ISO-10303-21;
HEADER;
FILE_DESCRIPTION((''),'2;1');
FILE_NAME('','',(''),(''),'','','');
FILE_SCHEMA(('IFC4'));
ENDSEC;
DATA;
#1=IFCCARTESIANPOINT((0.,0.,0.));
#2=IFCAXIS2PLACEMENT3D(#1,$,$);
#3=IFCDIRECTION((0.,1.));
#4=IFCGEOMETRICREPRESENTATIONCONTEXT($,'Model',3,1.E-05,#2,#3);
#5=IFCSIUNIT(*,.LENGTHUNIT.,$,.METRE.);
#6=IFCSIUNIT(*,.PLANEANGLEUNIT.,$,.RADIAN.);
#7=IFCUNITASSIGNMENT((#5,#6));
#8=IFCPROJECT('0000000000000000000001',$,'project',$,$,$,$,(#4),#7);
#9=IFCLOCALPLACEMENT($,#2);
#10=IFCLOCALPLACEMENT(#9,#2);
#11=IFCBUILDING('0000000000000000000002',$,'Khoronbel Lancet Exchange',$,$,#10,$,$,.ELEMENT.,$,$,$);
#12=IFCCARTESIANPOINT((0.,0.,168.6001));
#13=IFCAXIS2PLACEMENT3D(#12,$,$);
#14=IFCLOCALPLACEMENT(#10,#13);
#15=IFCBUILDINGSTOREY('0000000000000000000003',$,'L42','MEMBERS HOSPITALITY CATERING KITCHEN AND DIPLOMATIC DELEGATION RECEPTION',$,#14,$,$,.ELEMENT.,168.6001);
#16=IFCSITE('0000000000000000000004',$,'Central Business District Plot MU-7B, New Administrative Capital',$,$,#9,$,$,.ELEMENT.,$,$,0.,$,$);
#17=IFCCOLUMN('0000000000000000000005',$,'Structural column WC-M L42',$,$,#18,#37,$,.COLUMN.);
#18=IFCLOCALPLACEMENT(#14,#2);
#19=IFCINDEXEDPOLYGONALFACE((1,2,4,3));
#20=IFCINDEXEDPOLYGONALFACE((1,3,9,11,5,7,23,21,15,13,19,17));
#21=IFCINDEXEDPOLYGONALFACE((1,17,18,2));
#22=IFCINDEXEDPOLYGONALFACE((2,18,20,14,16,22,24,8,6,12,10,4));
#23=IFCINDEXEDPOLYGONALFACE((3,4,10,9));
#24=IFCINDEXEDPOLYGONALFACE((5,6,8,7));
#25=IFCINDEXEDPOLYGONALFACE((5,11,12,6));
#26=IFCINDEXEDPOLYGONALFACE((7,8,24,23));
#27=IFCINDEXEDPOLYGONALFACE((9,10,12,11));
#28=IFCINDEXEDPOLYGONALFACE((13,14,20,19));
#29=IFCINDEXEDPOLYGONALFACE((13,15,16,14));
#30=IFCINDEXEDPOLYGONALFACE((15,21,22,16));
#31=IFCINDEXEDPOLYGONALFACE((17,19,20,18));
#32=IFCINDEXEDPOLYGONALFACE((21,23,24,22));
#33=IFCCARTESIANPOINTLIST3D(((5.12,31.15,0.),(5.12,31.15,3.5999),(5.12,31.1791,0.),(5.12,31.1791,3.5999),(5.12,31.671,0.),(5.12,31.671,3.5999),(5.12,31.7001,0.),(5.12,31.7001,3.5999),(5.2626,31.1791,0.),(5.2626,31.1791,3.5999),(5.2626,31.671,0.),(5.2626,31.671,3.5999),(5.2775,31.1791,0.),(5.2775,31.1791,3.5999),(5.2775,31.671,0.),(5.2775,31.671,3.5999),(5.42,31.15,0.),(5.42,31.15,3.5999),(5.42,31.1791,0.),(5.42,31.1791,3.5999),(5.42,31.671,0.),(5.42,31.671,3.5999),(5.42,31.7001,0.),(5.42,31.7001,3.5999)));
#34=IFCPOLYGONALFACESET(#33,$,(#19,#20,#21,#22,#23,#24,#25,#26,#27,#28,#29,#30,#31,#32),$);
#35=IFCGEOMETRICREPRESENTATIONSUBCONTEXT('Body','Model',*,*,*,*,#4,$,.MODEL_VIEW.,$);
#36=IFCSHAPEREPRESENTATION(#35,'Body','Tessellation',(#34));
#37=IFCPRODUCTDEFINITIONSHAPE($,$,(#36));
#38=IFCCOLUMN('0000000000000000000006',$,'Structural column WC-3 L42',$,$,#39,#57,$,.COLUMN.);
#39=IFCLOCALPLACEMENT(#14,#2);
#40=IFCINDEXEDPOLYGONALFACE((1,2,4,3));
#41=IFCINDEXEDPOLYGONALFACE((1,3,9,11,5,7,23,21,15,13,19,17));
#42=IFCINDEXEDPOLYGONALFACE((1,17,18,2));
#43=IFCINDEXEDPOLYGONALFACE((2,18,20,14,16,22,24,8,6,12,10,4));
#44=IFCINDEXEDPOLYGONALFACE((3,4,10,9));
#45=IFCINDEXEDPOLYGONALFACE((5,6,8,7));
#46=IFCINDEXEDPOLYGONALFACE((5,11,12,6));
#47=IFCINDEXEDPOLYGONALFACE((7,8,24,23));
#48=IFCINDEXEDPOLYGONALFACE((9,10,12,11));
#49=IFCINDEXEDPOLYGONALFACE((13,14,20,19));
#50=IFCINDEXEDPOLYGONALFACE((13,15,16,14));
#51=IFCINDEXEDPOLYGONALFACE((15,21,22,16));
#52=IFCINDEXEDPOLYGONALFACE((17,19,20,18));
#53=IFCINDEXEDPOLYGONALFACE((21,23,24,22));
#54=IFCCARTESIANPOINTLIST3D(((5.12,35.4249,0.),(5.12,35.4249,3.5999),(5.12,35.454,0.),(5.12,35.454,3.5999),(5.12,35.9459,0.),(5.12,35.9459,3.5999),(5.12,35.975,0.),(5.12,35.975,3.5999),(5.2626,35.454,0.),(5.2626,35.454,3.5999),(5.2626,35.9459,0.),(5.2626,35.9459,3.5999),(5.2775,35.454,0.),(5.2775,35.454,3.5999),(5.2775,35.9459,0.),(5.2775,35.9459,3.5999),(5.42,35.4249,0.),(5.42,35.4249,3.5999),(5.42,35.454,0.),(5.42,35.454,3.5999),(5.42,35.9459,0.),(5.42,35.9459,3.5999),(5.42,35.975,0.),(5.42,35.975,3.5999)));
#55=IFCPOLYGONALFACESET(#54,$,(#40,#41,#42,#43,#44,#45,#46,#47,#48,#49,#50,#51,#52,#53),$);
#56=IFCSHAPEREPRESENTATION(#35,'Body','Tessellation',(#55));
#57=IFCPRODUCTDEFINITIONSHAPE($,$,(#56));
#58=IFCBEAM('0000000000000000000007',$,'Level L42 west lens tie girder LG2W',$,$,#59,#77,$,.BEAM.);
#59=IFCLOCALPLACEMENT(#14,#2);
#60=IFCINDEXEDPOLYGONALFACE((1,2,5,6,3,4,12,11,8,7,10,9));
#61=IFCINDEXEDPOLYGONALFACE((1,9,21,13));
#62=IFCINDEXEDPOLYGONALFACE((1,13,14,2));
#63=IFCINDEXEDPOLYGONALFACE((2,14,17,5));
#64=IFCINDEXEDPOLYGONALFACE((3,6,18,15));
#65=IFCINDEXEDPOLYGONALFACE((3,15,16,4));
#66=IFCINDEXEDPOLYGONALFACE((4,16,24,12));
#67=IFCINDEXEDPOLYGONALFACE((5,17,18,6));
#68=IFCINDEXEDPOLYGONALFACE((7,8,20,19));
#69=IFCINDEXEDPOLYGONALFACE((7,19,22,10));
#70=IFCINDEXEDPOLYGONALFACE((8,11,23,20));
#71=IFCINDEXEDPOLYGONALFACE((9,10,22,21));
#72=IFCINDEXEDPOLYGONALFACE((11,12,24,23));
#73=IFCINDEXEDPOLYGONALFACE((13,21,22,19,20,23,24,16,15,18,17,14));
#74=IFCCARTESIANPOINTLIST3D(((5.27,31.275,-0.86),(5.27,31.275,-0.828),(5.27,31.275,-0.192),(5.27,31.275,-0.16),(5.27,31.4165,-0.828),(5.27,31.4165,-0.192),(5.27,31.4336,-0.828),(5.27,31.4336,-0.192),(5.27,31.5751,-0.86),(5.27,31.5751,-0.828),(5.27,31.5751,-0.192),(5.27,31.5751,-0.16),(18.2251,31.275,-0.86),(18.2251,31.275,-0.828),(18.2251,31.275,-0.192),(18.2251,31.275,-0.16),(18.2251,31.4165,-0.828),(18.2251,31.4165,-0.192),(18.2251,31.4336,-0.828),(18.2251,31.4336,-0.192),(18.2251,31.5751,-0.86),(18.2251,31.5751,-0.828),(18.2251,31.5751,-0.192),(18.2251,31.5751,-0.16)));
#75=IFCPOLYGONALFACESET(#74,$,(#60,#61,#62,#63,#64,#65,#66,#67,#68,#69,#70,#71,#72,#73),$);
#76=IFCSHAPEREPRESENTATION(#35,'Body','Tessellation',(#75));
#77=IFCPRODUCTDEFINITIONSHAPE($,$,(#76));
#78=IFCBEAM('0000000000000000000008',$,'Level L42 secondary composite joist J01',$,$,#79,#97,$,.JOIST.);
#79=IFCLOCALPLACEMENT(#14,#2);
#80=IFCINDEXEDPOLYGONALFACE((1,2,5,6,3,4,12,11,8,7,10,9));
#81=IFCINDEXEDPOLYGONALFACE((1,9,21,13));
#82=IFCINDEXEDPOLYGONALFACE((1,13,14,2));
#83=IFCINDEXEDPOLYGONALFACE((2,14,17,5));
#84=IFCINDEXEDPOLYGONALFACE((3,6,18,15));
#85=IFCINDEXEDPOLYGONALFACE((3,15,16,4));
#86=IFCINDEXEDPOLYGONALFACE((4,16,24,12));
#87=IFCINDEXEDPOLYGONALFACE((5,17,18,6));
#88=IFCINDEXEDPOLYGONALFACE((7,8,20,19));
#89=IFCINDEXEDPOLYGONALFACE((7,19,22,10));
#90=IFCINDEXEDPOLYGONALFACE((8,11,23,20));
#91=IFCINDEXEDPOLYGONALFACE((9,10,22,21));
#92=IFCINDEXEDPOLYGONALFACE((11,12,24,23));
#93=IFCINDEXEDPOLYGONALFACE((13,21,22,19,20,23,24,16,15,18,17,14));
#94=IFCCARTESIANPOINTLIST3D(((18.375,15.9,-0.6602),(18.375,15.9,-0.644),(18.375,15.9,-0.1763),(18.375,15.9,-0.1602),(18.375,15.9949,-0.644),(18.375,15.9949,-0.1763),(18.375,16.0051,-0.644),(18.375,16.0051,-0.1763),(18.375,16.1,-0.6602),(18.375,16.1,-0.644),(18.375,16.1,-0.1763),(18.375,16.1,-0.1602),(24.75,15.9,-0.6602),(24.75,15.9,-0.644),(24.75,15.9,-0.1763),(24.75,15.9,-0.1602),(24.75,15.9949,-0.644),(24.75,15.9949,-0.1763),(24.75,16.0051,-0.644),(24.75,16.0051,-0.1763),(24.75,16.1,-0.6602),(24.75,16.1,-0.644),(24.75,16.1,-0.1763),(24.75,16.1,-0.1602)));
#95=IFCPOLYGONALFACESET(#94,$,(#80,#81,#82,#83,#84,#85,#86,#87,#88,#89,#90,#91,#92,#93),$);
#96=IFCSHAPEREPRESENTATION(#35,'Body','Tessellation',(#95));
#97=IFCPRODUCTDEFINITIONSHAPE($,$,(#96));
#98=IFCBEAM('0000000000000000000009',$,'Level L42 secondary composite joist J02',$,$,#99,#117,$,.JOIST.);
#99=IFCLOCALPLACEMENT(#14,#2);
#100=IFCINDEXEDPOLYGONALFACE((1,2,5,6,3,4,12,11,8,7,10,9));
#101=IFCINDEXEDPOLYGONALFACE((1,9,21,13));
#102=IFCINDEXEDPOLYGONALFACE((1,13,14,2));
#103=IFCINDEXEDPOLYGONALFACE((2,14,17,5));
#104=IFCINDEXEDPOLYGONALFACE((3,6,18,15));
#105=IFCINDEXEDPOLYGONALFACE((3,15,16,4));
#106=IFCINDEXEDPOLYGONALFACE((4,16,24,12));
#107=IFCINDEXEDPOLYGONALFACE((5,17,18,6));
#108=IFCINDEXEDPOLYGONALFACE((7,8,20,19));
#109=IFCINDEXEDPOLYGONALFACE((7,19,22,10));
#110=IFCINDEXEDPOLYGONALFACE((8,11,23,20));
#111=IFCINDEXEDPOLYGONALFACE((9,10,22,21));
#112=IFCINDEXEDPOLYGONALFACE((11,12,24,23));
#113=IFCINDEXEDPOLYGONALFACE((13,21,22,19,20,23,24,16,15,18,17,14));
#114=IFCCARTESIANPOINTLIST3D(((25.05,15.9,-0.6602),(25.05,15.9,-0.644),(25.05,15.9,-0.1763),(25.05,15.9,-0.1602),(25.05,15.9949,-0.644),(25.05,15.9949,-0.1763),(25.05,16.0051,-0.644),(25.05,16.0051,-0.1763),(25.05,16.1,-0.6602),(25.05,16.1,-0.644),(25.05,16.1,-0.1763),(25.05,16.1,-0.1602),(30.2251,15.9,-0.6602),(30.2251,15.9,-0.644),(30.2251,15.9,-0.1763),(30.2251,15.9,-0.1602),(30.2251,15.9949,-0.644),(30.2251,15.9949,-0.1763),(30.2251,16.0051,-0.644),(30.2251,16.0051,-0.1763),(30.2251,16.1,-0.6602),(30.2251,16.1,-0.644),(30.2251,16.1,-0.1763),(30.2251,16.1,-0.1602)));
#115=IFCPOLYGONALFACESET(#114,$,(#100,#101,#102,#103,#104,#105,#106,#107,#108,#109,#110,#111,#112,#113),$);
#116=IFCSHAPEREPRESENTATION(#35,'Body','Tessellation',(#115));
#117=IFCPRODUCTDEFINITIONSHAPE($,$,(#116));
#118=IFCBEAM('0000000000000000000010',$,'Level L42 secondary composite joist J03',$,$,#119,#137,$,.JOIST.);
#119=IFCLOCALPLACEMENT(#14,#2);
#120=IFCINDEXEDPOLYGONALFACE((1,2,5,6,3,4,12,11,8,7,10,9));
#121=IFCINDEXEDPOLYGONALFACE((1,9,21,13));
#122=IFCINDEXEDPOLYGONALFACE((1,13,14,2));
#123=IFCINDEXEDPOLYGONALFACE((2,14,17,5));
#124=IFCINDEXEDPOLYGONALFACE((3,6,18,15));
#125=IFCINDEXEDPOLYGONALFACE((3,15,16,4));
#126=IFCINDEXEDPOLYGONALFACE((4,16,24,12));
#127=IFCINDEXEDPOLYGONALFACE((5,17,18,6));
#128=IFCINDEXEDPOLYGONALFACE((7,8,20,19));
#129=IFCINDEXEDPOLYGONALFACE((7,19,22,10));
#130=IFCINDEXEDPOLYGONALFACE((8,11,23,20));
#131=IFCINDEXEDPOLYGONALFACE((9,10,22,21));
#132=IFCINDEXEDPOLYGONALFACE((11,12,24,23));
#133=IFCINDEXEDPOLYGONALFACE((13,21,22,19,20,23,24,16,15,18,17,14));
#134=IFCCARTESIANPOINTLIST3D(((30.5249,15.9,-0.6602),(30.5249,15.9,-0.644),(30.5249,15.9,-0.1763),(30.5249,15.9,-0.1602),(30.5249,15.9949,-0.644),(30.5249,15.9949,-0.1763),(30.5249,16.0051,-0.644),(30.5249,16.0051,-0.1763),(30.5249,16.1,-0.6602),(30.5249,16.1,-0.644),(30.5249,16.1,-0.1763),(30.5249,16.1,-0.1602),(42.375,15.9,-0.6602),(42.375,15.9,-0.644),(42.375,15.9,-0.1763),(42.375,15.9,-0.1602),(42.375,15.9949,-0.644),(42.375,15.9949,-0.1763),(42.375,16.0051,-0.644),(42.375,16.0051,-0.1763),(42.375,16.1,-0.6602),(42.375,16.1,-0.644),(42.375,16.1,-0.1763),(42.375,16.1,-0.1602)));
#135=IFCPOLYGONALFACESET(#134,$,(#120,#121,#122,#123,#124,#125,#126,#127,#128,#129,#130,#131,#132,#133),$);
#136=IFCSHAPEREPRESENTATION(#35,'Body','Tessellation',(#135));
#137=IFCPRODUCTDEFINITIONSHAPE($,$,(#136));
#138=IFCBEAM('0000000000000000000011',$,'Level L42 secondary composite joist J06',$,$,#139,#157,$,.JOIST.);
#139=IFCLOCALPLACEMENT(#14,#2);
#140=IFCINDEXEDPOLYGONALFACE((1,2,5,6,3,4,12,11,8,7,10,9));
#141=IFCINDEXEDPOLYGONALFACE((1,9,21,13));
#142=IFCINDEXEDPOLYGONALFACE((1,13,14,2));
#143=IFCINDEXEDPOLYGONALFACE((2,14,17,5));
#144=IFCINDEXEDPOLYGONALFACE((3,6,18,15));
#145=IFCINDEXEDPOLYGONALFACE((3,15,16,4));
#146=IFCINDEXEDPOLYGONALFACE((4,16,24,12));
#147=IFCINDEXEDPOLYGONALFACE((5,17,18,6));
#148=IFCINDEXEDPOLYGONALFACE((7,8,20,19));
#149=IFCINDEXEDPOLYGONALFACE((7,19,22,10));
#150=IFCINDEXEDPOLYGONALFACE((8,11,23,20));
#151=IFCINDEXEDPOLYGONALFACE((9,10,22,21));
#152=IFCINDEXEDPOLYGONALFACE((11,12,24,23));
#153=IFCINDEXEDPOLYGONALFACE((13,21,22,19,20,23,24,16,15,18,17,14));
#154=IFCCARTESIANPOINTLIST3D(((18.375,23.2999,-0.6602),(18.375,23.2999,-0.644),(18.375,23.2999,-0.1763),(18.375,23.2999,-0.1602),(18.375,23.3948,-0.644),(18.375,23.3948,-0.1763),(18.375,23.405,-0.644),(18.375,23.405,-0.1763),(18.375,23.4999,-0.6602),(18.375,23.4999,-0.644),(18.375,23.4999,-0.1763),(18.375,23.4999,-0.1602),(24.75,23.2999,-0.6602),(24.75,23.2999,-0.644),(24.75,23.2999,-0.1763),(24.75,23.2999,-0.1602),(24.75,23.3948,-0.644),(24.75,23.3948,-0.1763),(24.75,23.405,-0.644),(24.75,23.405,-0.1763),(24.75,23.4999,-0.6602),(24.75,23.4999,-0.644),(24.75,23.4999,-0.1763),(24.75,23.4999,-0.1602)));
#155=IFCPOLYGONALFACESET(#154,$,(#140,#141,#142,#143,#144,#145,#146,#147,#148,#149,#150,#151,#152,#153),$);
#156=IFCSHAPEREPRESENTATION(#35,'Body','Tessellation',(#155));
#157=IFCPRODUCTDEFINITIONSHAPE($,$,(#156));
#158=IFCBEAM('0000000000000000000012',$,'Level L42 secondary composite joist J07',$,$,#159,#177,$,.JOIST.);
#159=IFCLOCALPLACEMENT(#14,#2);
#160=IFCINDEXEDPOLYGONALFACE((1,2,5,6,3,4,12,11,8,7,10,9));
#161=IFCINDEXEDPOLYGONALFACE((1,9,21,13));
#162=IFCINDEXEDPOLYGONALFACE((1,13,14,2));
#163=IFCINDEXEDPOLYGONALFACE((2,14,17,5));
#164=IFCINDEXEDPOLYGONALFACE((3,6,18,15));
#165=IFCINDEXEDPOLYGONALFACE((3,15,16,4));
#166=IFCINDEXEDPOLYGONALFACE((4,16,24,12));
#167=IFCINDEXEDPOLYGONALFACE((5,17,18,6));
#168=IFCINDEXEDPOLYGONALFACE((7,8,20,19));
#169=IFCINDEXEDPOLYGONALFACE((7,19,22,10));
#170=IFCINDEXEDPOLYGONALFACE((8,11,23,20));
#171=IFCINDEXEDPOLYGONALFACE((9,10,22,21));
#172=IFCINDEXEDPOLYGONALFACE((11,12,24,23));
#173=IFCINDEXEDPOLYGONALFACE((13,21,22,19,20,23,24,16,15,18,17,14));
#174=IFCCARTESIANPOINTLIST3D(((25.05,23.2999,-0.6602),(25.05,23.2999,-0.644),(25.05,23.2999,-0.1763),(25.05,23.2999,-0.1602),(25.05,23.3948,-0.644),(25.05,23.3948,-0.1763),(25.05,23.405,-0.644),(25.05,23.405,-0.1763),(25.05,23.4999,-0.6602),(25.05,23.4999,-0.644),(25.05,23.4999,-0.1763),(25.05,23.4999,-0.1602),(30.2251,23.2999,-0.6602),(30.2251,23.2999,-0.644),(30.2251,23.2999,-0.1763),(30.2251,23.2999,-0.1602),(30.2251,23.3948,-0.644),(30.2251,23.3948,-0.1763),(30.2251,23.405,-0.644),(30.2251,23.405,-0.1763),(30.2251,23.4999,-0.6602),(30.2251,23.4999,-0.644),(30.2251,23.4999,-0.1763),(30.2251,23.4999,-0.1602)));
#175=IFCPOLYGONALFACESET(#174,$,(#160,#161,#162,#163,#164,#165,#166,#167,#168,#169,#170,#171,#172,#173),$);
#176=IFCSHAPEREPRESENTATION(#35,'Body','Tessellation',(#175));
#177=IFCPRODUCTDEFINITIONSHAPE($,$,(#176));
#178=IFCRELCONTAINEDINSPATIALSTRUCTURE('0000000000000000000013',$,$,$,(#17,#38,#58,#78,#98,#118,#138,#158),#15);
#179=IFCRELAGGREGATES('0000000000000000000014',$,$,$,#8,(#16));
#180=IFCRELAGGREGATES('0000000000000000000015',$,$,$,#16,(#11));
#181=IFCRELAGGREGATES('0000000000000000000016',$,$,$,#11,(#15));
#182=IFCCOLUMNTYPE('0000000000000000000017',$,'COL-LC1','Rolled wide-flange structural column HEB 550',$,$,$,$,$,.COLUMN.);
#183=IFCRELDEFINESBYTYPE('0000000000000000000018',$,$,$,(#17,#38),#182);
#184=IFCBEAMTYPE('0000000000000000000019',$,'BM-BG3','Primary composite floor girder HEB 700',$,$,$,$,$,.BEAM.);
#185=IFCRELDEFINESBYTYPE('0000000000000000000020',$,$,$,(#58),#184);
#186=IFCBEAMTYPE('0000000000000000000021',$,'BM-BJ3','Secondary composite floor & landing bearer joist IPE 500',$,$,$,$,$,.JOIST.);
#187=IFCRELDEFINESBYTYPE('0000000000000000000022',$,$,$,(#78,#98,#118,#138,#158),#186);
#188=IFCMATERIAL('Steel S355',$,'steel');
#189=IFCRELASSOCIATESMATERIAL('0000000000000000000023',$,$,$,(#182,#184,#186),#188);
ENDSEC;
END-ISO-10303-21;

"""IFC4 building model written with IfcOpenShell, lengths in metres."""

from ifc_helpers import new_model, si_unit, direction, frame, origin, origin_2d, place, context, subcontext, project, spatial, i_section, extrude, material, material_profile, profile_set, type_object, element, save


model = new_model("IFC4")

# Units and contexts
model_context = context("Model", 3, precision=1e-05, world=origin(), true_north=direction((0.0, 1.0)))
body_context = subcontext(model_context, "Body", "Model", "MODEL_VIEW")
ifc_project = project(units=[si_unit("LENGTHUNIT", "METRE"), si_unit("PLANEANGLEUNIT", "RADIAN")], contexts=[model_context])

# Site, building, storey
site_placement = place(None, origin())
site = spatial("IfcSite", under=ifc_project, at=site_placement, Name="Central Business District Plot MU-7B, New Administrative Capital", CompositionType="ELEMENT", RefElevation=0.0)
building_placement = place(site_placement, origin())
building = spatial("IfcBuilding", under=site, at=building_placement, Name="Khoronbel Lancet Exchange", CompositionType="ELEMENT")
storey_placement = place(building_placement, frame((0.0, 0.0, 168.6001)))
storey = spatial("IfcBuildingStorey", under=building, at=storey_placement, Name="L42", Description="MEMBERS HOSPITALITY CATERING KITCHEN AND DIPLOMATIC DELEGATION RECEPTION", CompositionType="ELEMENT", Elevation=168.6001)

# Columns
ifc_material_1 = material(Name="Steel S355", Category="steel")
ifc_material_profile_1 = material_profile(ifc_material_1, i_section(OverallWidth=0.3, OverallDepth=0.55, WebThickness=0.0149, FlangeThickness=0.0291, at=origin_2d()), Name="HEB 550")
ifc_profile_set_1 = profile_set([ifc_material_profile_1], Name="Steel S355")
column_type = type_object("IfcColumnType", Name="COL-LC1", Description="Rolled wide-flange structural column HEB 550", PredefinedType="COLUMN", material=ifc_profile_set_1)
for number, where, z_axis, x_axis, name in (
    (1, (5.27, 31.425, 0.0), (0.0, 0.0, 1.0), (1.0, 0.0, 0.0), "Structural column WC-M L42"),
    (2, (5.27, 35.7, 0.0), (0.0, 0.0, 1.0), (1.0, 0.0, 0.0), "Structural column WC-3 L42"),
):
    element("IfcColumn", number, at=place(storey_placement, frame(where, z_axis=z_axis, x_axis=x_axis)), inside=storey, type_object=column_type, Name=name, PredefinedType="COLUMN", context=body_context, shape_type="SweptSolid", body=[
        extrude(i_section(OverallWidth=0.3, OverallDepth=0.55, WebThickness=0.0149, FlangeThickness=0.0291, at=origin_2d()), origin(), (0.0, 0.0, 1.0), 3.5999),
    ])

# Beams
ifc_material_profile_2 = material_profile(ifc_material_1, i_section(OverallWidth=0.3, OverallDepth=0.7, WebThickness=0.0171, FlangeThickness=0.032, at=origin_2d()), Name="HEB 700")
ifc_profile_set_2 = profile_set([ifc_material_profile_2], Name="Steel S355")
beam_type_1 = type_object("IfcBeamType", Name="BM-BG3", Description="Primary composite floor girder HEB 700", PredefinedType="BEAM", material=ifc_profile_set_2)
beam_1_placement = place(storey_placement, frame((5.27, 31.425, -0.51), z_axis=(1.0, 0.0, 0.0), x_axis=(0.0, 1.0, 0.0)))
element("IfcBeam", 3, at=beam_1_placement, inside=storey, type_object=beam_type_1, Name="Level L42 west lens tie girder LG2W", PredefinedType="BEAM", context=body_context, shape_type="SweptSolid", body=[
    extrude(i_section(OverallWidth=0.3, OverallDepth=0.7, WebThickness=0.0171, FlangeThickness=0.032, at=origin_2d()), origin(), (0.0, 0.0, 1.0), 12.9551),
])
ifc_material_profile_3 = material_profile(ifc_material_1, i_section(OverallWidth=0.2, OverallDepth=0.5, WebThickness=0.0103, FlangeThickness=0.0161, at=origin_2d()), Name="IPE 500")
ifc_profile_set_3 = profile_set([ifc_material_profile_3], Name="Steel S355")
beam_type_2 = type_object("IfcBeamType", Name="BM-BJ3", Description="Secondary composite floor & landing bearer joist IPE 500", PredefinedType="JOIST", material=ifc_profile_set_3)
beam_2_placement = place(storey_placement, frame((18.375, 16.0, -0.4102), z_axis=(1.0, 0.0, 0.0), x_axis=(0.0, 1.0, 0.0)))
element("IfcBeam", 4, at=beam_2_placement, inside=storey, type_object=beam_type_2, Name="Level L42 secondary composite joist J01", PredefinedType="JOIST", context=body_context, shape_type="SweptSolid", body=[
    extrude(i_section(OverallWidth=0.2, OverallDepth=0.5, WebThickness=0.0103, FlangeThickness=0.0161, at=origin_2d()), origin(), (0.0, 0.0, 1.0), 6.375),
])
beam_3_placement = place(storey_placement, frame((25.05, 16.0, -0.4102), z_axis=(1.0, 0.0, 0.0), x_axis=(0.0, 1.0, 0.0)))
element("IfcBeam", 5, at=beam_3_placement, inside=storey, type_object=beam_type_2, Name="Level L42 secondary composite joist J02", PredefinedType="JOIST", context=body_context, shape_type="SweptSolid", body=[
    extrude(i_section(OverallWidth=0.2, OverallDepth=0.5, WebThickness=0.0103, FlangeThickness=0.0161, at=origin_2d()), origin(), (0.0, 0.0, 1.0), 5.175),
])
beam_4_placement = place(storey_placement, frame((30.5249, 16.0, -0.4102), z_axis=(1.0, 0.0, 0.0), x_axis=(0.0, 1.0, 0.0)))
element("IfcBeam", 6, at=beam_4_placement, inside=storey, type_object=beam_type_2, Name="Level L42 secondary composite joist J03", PredefinedType="JOIST", context=body_context, shape_type="SweptSolid", body=[
    extrude(i_section(OverallWidth=0.2, OverallDepth=0.5, WebThickness=0.0103, FlangeThickness=0.0161, at=origin_2d()), origin(), (0.0, 0.0, 1.0), 11.8501),
])
beam_5_placement = place(storey_placement, frame((18.375, 23.3999, -0.4102), z_axis=(1.0, 0.0, 0.0), x_axis=(0.0, 1.0, 0.0)))
element("IfcBeam", 7, at=beam_5_placement, inside=storey, type_object=beam_type_2, Name="Level L42 secondary composite joist J06", PredefinedType="JOIST", context=body_context, shape_type="SweptSolid", body=[
    extrude(i_section(OverallWidth=0.2, OverallDepth=0.5, WebThickness=0.0103, FlangeThickness=0.0161, at=origin_2d()), origin(), (0.0, 0.0, 1.0), 6.375),
])
beam_6_placement = place(storey_placement, frame((25.05, 23.3999, -0.4102), z_axis=(1.0, 0.0, 0.0), x_axis=(0.0, 1.0, 0.0)))
element("IfcBeam", 8, at=beam_6_placement, inside=storey, type_object=beam_type_2, Name="Level L42 secondary composite joist J07", PredefinedType="JOIST", context=body_context, shape_type="SweptSolid", body=[
    extrude(i_section(OverallWidth=0.2, OverallDepth=0.5, WebThickness=0.0103, FlangeThickness=0.0161, at=origin_2d()), origin(), (0.0, 0.0, 1.0), 5.175),
])

save(model, "model.ifc")
